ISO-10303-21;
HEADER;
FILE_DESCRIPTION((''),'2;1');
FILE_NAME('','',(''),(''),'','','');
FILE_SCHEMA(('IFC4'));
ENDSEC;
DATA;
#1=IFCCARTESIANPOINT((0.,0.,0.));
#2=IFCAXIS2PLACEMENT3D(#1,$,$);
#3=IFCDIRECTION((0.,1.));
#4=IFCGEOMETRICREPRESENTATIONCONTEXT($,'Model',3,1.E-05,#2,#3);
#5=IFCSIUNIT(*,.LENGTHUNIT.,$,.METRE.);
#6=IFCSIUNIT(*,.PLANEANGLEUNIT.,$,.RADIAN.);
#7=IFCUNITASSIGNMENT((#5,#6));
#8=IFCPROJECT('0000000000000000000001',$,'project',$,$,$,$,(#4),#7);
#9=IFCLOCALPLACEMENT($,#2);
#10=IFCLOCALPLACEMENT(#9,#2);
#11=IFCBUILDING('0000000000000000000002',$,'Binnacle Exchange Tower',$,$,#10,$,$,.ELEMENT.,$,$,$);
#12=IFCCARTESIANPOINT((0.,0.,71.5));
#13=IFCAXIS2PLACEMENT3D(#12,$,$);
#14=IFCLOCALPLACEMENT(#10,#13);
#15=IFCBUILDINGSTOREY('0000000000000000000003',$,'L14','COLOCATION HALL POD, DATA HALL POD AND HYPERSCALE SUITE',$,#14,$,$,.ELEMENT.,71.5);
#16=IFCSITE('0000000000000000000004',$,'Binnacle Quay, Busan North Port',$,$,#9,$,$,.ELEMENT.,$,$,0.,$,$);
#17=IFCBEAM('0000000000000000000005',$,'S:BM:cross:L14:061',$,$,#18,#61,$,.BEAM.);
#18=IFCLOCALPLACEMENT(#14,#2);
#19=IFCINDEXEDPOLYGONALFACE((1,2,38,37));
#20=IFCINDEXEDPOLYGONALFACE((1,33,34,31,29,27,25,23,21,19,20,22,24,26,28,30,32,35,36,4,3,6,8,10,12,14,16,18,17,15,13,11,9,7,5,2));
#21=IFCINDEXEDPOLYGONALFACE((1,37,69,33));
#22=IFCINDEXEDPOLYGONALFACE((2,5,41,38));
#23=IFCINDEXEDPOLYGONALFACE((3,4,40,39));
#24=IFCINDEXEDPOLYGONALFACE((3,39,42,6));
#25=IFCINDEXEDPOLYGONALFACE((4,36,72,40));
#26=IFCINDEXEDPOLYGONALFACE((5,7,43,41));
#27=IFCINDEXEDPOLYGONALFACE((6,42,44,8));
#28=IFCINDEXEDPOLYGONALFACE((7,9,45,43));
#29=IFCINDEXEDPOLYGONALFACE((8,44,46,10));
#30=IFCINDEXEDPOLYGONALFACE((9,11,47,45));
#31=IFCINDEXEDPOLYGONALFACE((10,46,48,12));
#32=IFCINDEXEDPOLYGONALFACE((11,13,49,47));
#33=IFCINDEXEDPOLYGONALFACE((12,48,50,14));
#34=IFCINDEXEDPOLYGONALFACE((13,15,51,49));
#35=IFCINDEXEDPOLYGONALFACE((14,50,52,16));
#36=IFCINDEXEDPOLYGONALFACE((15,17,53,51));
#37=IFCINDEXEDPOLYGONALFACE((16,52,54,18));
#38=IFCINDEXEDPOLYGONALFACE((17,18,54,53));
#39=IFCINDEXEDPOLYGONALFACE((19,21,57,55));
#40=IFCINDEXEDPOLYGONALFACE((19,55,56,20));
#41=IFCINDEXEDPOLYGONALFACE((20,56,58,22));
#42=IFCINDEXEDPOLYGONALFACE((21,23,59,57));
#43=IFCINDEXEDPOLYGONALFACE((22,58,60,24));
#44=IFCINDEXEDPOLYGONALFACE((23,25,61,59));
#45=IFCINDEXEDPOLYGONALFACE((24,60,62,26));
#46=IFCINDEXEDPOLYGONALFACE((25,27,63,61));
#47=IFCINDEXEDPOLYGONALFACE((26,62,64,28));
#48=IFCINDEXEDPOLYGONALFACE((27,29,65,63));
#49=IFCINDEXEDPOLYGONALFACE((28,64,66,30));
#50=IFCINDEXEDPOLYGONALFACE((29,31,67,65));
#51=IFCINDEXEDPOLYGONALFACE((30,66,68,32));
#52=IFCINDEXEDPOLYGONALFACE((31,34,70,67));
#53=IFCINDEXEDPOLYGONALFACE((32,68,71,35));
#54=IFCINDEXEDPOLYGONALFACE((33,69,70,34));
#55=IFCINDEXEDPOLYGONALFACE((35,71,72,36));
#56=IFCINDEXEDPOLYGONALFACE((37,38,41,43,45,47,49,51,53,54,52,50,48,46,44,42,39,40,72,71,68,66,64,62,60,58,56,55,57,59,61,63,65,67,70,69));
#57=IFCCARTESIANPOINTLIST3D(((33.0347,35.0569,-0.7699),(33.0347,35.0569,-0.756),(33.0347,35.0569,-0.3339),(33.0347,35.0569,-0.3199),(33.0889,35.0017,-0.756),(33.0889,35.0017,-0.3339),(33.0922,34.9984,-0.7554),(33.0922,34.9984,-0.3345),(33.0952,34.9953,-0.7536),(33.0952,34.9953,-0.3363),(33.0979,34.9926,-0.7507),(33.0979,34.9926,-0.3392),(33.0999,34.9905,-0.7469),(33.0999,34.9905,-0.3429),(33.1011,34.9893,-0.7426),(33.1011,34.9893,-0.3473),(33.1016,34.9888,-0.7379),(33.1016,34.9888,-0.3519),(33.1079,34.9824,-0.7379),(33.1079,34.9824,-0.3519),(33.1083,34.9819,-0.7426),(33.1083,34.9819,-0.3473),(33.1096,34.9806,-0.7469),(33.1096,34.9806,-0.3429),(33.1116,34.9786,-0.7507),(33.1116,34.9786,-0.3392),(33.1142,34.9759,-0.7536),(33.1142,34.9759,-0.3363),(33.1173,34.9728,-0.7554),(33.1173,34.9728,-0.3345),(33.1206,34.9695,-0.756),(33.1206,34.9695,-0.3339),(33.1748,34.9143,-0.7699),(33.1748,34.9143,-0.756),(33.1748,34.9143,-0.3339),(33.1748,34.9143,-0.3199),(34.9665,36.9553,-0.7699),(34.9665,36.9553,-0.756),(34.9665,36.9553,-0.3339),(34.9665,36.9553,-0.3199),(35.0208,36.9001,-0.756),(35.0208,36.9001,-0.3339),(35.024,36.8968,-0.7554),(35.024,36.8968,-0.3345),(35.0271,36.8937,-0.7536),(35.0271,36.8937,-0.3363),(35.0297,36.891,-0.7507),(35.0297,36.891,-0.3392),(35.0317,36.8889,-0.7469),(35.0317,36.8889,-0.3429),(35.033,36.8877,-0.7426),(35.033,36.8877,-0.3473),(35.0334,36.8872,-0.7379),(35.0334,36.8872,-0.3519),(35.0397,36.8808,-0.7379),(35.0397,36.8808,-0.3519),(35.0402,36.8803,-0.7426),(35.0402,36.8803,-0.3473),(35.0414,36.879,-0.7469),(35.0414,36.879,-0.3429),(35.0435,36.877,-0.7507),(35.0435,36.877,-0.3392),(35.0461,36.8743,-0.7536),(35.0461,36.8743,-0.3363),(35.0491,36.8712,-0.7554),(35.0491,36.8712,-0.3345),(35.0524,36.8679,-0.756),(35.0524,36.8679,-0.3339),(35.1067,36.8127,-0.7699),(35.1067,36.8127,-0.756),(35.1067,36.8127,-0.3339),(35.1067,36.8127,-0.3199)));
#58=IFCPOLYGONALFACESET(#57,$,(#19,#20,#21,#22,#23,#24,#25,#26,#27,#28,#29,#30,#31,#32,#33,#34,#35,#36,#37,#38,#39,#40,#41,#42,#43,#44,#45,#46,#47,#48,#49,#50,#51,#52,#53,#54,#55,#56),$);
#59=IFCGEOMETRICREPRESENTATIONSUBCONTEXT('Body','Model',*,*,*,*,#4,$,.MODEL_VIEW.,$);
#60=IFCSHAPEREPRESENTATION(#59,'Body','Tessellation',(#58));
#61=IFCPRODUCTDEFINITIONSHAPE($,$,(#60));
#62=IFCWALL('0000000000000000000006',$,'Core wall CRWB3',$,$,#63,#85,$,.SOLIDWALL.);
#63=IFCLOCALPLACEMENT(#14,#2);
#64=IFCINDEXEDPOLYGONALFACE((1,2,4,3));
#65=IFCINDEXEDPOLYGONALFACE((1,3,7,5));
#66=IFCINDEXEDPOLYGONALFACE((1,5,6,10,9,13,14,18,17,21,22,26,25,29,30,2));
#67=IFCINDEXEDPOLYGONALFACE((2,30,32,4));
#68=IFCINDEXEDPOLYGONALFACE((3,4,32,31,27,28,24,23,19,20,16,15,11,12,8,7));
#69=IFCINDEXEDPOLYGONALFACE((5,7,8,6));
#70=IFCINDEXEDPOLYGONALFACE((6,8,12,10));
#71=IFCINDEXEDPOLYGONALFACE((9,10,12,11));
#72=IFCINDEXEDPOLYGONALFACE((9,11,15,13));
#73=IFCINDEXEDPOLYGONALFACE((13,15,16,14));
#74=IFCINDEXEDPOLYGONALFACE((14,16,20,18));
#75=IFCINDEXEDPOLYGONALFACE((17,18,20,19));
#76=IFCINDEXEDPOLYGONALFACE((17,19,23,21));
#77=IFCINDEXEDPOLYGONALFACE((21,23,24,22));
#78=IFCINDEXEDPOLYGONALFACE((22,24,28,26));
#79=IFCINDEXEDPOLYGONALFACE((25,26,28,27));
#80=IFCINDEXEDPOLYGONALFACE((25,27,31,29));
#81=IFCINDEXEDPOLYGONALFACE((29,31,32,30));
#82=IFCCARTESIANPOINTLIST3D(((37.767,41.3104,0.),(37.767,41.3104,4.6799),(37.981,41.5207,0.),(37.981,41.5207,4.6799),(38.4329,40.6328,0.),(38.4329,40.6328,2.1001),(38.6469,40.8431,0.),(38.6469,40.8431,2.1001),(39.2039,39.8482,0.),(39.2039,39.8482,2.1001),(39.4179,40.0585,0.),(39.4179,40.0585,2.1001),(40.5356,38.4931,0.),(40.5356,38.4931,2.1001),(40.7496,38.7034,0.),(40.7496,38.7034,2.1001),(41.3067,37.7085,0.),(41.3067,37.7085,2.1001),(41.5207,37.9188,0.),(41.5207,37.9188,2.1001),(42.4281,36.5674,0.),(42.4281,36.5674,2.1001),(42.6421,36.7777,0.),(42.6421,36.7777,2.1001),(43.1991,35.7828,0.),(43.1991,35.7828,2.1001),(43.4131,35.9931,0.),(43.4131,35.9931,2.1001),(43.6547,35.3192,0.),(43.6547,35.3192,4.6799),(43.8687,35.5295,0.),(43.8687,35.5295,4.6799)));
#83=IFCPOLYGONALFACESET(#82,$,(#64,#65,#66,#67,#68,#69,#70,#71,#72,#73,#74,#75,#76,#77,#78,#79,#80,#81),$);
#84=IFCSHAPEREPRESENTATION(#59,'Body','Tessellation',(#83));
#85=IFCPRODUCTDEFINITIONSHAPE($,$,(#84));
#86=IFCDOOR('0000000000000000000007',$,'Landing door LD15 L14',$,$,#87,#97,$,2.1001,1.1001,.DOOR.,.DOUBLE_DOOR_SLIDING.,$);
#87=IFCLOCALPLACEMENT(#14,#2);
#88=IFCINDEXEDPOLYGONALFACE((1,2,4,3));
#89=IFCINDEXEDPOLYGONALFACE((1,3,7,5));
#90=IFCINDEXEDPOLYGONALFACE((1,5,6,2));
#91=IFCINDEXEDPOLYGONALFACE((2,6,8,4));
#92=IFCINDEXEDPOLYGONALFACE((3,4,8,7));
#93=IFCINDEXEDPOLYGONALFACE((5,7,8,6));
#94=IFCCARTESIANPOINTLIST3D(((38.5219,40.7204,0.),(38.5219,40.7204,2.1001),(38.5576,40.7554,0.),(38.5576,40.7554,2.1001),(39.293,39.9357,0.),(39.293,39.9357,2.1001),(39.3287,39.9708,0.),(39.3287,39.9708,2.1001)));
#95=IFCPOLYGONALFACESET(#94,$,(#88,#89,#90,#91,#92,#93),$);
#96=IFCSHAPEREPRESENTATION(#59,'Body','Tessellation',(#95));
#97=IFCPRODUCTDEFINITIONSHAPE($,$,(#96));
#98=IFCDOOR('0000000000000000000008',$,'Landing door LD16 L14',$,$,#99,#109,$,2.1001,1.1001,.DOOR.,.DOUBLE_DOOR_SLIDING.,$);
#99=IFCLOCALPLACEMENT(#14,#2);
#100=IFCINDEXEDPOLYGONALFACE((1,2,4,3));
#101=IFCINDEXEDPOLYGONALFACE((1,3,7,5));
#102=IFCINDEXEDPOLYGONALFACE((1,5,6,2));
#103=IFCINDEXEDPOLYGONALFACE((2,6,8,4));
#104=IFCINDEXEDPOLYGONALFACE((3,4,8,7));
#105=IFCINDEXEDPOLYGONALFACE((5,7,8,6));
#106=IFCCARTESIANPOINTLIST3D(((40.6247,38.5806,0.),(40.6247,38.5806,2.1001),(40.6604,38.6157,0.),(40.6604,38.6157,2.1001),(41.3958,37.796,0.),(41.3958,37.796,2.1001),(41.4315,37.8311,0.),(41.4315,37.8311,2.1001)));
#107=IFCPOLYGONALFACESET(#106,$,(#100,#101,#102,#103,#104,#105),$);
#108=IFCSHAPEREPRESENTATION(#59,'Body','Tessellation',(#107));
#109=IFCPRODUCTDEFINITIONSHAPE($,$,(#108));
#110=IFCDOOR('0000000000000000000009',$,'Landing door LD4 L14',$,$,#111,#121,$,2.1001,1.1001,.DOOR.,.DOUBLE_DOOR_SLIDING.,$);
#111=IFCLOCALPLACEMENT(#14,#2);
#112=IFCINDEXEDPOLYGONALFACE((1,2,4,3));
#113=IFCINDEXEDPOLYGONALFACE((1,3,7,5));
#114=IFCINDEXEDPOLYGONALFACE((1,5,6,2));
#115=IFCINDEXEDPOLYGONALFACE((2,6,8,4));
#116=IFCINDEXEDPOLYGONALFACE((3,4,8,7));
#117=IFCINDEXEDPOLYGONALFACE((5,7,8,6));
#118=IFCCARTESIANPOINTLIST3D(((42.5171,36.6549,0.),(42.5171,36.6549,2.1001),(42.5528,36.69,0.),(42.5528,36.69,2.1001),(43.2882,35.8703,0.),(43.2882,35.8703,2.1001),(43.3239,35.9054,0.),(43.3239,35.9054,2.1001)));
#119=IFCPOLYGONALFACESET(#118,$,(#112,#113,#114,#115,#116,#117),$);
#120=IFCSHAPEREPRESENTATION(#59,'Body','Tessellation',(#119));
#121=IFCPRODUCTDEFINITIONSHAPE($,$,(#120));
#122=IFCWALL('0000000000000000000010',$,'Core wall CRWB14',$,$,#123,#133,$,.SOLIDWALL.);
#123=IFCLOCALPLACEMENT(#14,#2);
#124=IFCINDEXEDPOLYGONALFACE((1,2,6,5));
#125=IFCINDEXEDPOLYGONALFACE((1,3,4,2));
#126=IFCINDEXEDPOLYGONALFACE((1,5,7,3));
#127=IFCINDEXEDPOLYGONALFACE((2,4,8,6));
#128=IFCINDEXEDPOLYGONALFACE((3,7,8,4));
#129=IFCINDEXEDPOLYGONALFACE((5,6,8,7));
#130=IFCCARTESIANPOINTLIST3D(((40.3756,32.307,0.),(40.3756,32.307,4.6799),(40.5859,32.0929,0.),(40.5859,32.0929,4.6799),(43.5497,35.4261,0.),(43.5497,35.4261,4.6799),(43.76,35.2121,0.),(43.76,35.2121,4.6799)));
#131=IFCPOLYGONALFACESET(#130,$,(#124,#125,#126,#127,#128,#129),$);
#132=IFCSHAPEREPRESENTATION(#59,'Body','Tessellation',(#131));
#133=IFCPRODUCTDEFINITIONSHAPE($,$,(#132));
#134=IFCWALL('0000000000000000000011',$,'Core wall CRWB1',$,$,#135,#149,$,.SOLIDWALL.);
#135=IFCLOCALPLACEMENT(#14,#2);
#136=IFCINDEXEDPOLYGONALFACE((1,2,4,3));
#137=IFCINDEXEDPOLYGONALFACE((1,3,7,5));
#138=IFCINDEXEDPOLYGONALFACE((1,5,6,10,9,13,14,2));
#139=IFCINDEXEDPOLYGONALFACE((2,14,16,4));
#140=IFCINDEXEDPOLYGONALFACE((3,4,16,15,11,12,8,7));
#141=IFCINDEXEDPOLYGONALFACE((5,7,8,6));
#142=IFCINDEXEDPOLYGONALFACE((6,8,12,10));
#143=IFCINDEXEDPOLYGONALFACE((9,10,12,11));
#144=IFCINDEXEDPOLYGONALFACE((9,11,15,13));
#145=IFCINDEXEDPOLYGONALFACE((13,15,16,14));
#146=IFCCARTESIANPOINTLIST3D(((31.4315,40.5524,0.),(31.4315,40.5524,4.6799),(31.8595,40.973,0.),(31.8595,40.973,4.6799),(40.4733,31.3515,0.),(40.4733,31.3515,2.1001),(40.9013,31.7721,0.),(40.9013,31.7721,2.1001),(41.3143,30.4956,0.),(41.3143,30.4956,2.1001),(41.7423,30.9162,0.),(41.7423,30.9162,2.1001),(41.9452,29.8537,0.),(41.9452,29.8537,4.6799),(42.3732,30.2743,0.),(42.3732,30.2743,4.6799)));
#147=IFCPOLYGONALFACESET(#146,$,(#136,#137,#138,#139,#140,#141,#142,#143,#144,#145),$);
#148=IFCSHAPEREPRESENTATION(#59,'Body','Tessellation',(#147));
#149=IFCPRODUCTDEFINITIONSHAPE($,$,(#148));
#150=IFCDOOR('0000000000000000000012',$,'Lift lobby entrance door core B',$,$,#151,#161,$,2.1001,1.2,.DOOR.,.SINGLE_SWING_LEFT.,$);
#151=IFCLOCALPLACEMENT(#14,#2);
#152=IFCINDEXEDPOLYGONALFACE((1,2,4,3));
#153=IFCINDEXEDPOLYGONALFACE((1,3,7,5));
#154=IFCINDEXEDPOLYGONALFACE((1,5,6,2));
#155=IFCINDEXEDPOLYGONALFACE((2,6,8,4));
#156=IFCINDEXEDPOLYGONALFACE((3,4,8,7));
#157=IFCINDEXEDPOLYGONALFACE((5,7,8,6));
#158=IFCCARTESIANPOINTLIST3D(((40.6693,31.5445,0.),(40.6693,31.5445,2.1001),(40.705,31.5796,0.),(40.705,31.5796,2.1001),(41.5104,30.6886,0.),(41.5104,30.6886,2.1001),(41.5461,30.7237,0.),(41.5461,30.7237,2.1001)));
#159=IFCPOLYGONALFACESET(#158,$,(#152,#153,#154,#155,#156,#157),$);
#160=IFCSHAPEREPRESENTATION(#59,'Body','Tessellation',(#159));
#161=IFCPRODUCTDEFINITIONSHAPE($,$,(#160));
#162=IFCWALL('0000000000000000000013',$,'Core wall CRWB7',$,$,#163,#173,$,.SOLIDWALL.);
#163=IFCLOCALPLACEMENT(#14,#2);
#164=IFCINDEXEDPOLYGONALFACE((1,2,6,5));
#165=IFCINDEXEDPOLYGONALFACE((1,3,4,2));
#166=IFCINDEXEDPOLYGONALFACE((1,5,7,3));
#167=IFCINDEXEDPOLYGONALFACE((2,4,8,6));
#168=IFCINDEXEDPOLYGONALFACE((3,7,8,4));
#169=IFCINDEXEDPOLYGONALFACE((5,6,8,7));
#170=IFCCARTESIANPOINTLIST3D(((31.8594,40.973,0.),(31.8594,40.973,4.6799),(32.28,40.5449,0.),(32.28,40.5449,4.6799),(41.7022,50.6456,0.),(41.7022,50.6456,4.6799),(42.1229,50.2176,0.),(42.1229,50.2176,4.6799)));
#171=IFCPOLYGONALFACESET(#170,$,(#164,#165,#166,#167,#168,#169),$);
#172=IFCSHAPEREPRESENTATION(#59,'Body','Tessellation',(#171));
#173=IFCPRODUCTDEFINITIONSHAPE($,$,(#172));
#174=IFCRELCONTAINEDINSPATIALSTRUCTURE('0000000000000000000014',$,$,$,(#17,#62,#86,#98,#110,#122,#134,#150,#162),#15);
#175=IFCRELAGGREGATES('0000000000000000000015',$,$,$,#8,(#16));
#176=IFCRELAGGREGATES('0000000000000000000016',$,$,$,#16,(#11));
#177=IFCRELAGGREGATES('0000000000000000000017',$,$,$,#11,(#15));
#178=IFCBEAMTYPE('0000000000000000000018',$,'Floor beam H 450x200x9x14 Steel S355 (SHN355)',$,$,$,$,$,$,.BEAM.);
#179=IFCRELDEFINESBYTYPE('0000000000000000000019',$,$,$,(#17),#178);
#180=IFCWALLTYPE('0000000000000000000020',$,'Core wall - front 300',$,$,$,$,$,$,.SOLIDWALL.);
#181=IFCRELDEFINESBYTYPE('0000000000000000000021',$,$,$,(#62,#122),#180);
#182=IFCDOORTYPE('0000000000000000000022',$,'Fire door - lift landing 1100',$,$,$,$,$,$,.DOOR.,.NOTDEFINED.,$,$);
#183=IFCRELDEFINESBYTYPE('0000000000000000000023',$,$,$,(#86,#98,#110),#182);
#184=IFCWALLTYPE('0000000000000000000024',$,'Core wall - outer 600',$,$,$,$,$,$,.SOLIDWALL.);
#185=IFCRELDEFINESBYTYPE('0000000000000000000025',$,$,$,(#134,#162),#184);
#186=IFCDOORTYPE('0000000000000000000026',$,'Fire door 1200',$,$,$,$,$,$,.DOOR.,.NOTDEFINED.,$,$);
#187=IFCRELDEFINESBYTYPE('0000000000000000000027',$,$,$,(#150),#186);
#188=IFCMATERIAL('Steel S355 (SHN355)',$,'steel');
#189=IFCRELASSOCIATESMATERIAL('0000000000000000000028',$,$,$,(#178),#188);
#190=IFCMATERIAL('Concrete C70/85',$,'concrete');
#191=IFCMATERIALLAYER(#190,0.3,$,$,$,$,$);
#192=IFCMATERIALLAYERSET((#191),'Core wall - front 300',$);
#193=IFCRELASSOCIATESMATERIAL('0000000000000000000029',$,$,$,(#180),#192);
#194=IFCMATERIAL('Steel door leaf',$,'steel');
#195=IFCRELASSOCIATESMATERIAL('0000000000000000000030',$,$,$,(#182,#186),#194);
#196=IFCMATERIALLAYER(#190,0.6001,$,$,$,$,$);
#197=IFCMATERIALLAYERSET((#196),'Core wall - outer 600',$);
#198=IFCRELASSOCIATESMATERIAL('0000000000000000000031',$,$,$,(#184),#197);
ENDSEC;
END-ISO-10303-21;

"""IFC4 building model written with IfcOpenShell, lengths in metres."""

from ifc_helpers import new_model, si_unit, direction, frame, frame_2d, origin, origin_2d, place, context, subcontext, project, spatial, rectangle, i_section, extrude, material, layer, layer_set, material_profile, profile_set, type_object, element, fill, save


model = new_model("IFC4")

# Units and contexts
model_context = context("Model", 3, precision=1e-05, world=origin(), true_north=direction((0.0, 1.0)))
body_context = subcontext(model_context, "Body", "Model", "MODEL_VIEW")
ifc_project = project(units=[si_unit("LENGTHUNIT", "METRE"), si_unit("PLANEANGLEUNIT", "RADIAN")], contexts=[model_context])

# Site, building, storey
site_placement = place(None, origin())
site = spatial("IfcSite", under=ifc_project, at=site_placement, Name="Binnacle Quay, Busan North Port", CompositionType="ELEMENT", RefElevation=0.0)
building_placement = place(site_placement, origin())
building = spatial("IfcBuilding", under=site, at=building_placement, Name="Binnacle Exchange Tower", CompositionType="ELEMENT")
storey_placement = place(building_placement, frame((0.0, 0.0, 71.5)))
storey = spatial("IfcBuildingStorey", under=building, at=storey_placement, Name="L14", Description="COLOCATION HALL POD, DATA HALL POD AND HYPERSCALE SUITE", CompositionType="ELEMENT", Elevation=71.5)

# Shared definitions
ifc_material_1 = material(Name="Concrete C70/85", Category="concrete")

# Beam
ifc_material_2 = material(Name="Steel S355 (SHN355)", Category="steel")
ifc_material_profile_1 = material_profile(ifc_material_2, i_section(OverallWidth=0.2, OverallDepth=0.45, WebThickness=0.009, FlangeThickness=0.0139, FilletRadius=0.0181, at=origin_2d()), Name="H 450x200x9x14")
ifc_profile_set_1 = profile_set([ifc_material_profile_1], Name="Steel S355 (SHN355)")
beam_type_1 = type_object("IfcBeamType", Name="Floor beam H 450x200x9x14 Steel S355 (SHN355)", PredefinedType="BEAM", material=ifc_profile_set_1)
beam_1_placement = place(storey_placement, frame((33.1047, 34.9856, -0.5449), z_axis=(0.713254, 0.700905, 0.0), x_axis=(-0.700905, 0.713254, 0.0)))
element("IfcBeam", 1, at=beam_1_placement, inside=storey, type_object=beam_type_1, Name="S:BM:cross:L14:061", PredefinedType="BEAM", context=body_context, shape_type="SweptSolid", body=[
    extrude(i_section(OverallWidth=0.2, OverallDepth=0.45, WebThickness=0.009, FlangeThickness=0.0139, FilletRadius=0.0181, at=origin_2d()), origin(), (0.0, 0.0, 1.0), 2.7085),
])

# Wall, openings, doors
ifc_layer_1 = layer(ifc_material_1, 0.3)
ifc_layer_set_1 = layer_set([ifc_layer_1], Name="Core wall - front 300")
wall_type_1 = type_object("IfcWallType", Name="Core wall - front 300", PredefinedType="SOLIDWALL", material=ifc_layer_set_1)
wall_1_placement = place(storey_placement, frame((37.874, 41.4155, 0.0), z_axis=(0.0, 0.0, 1.0), x_axis=(0.700918, -0.713242, 0.0)))
wall_1 = element("IfcWall", 2, at=wall_1_placement, inside=storey, type_object=wall_type_1, Name="Core wall CRWB3", PredefinedType="SOLIDWALL", context=body_context, shape_type="SweptSolid", body=[
    extrude(rectangle(XDim=8.3999, YDim=0.3, at=frame_2d((4.2, 0.0))), origin(), (0.0, 0.0, 1.0), 4.6799),
])
opening_1_placement = place(wall_1_placement, frame((0.95, 0.0, 0.0)))
opening_1 = element("IfcOpeningElement", 3, at=opening_1_placement, cuts=wall_1, PredefinedType="OPENING", context=body_context, shape_type="SweptSolid", body=[
    extrude(rectangle(XDim=1.1001, YDim=2.1001, at=frame_2d((0.55, 1.05))), frame((0.0, 0.1599, 0.0), z_axis=(0.0, -1.0, 0.0), x_axis=(1.0, 0.0, 0.0)), (0.0, 0.0, 1.0), 0.3201),
])
opening_2_placement = place(wall_1_placement, frame((3.95, 0.0, 0.0)))
opening_2 = element("IfcOpeningElement", 4, at=opening_2_placement, cuts=wall_1, PredefinedType="OPENING", context=body_context, shape_type="SweptSolid", body=[
    extrude(rectangle(XDim=1.1001, YDim=2.1001, at=frame_2d((0.55, 1.05))), frame((0.0, 0.1599, 0.0), z_axis=(0.0, -1.0, 0.0), x_axis=(1.0, 0.0, 0.0)), (0.0, 0.0, 1.0), 0.3201),
])
opening_3_placement = place(wall_1_placement, frame((6.6499, 0.0, 0.0)))
opening_3 = element("IfcOpeningElement", 5, at=opening_3_placement, cuts=wall_1, PredefinedType="OPENING", context=body_context, shape_type="SweptSolid", body=[
    extrude(rectangle(XDim=1.1001, YDim=2.1001, at=frame_2d((0.55, 1.05))), frame((0.0, 0.1599, 0.0), z_axis=(0.0, -1.0, 0.0), x_axis=(1.0, 0.0, 0.0)), (0.0, 0.0, 1.0), 0.3201),
])
ifc_material_3 = material(Name="Steel door leaf", Category="steel")
door_type_1 = type_object("IfcDoorType", Name="Fire door - lift landing 1100", OperationType="NOTDEFINED", PredefinedType="DOOR", material=ifc_material_3)
door_1_placement = place(opening_1_placement, origin())
door_1 = element("IfcDoor", 6, at=door_1_placement, inside=storey, type_object=door_type_1, Name="Landing door LD15 L14", OperationType="DOUBLE_DOOR_SLIDING", OverallHeight=2.1001, OverallWidth=1.1001, PredefinedType="DOOR", context=body_context, shape_type="SweptSolid", body=[
    extrude(rectangle(XDim=1.1001, YDim=2.1001, at=frame_2d((0.55, 1.05))), frame((0.0, 0.0249, 0.0), z_axis=(0.0, -1.0, 0.0), x_axis=(1.0, 0.0, 0.0)), (0.0, 0.0, 1.0), 0.05),
])
fill(opening_1, door_1)
door_2_placement = place(opening_2_placement, origin())
door_2 = element("IfcDoor", 7, at=door_2_placement, inside=storey, type_object=door_type_1, Name="Landing door LD16 L14", OperationType="DOUBLE_DOOR_SLIDING", OverallHeight=2.1001, OverallWidth=1.1001, PredefinedType="DOOR", context=body_context, shape_type="SweptSolid", body=[
    extrude(rectangle(XDim=1.1001, YDim=2.1001, at=frame_2d((0.55, 1.05))), frame((0.0, 0.0249, 0.0), z_axis=(0.0, -1.0, 0.0), x_axis=(1.0, 0.0, 0.0)), (0.0, 0.0, 1.0), 0.05),
])
fill(opening_2, door_2)
door_3_placement = place(opening_3_placement, origin())
door_3 = element("IfcDoor", 8, at=door_3_placement, inside=storey, type_object=door_type_1, Name="Landing door LD4 L14", OperationType="DOUBLE_DOOR_SLIDING", OverallHeight=2.1001, OverallWidth=1.1001, PredefinedType="DOOR", context=body_context, shape_type="SweptSolid", body=[
    extrude(rectangle(XDim=1.1001, YDim=2.1001, at=frame_2d((0.55, 1.05))), frame((0.0, 0.0249, 0.0), z_axis=(0.0, -1.0, 0.0), x_axis=(1.0, 0.0, 0.0)), (0.0, 0.0, 1.0), 0.05),
])
fill(opening_3, door_3)

# Wall
wall_2_placement = place(storey_placement, frame((40.4807, 32.2, 0.0), z_axis=(0.0, 0.0, 1.0), x_axis=(0.713252, 0.700908, 0.0)))
element("IfcWall", 9, at=wall_2_placement, inside=storey, type_object=wall_type_1, Name="Core wall CRWB14", PredefinedType="SOLIDWALL", context=body_context, shape_type="SweptSolid", body=[
    extrude(rectangle(XDim=4.4502, YDim=0.3, at=frame_2d((2.2251, 0.0))), origin(), (0.0, 0.0, 1.0), 4.6799),
])

# Wall, opening, door
ifc_layer_2 = layer(ifc_material_1, 0.6001)
ifc_layer_set_2 = layer_set([ifc_layer_2], Name="Core wall - outer 600")
wall_type_2 = type_object("IfcWallType", Name="Core wall - outer 600", PredefinedType="SOLIDWALL", material=ifc_layer_set_2)
wall_3_placement = place(storey_placement, frame((31.6455, 40.7627, 0.0), z_axis=(0.0, 0.0, 1.0), x_axis=(0.700911, -0.713248, 0.0)))
wall_3 = element("IfcWall", 10, at=wall_3_placement, inside=storey, type_object=wall_type_2, Name="Core wall CRWB1", PredefinedType="SOLIDWALL", context=body_context, shape_type="SweptSolid", body=[
    extrude(rectangle(XDim=15.0, YDim=0.6001, at=frame_2d((7.5, 0.0))), origin(), (0.0, 0.0, 1.0), 4.6799),
])
opening_4_placement = place(wall_3_placement, frame((12.8999, 0.0, 0.0)))
opening_4 = element("IfcOpeningElement", 11, at=opening_4_placement, cuts=wall_3, PredefinedType="OPENING", context=body_context, shape_type="SweptSolid", body=[
    extrude(rectangle(XDim=1.2, YDim=2.1001, at=frame_2d((0.6001, 1.05))), frame((0.0, 0.3101, 0.0), z_axis=(0.0, -1.0, 0.0), x_axis=(1.0, 0.0, 0.0)), (0.0, 0.0, 1.0), 0.6201),
])
door_type_2 = type_object("IfcDoorType", Name="Fire door 1200", OperationType="NOTDEFINED", PredefinedType="DOOR", material=ifc_material_3)
door_4_placement = place(opening_4_placement, frame((1.2, 0.0, 0.0), z_axis=(0.0, 0.0, 1.0), x_axis=(-1.0, 0.0, 0.0)))
door_4 = element("IfcDoor", 12, at=door_4_placement, inside=storey, type_object=door_type_2, Name="Lift lobby entrance door core B", OperationType="SINGLE_SWING_LEFT", OverallHeight=2.1001, OverallWidth=1.2, PredefinedType="DOOR", context=body_context, shape_type="SweptSolid", body=[
    extrude(rectangle(XDim=1.2, YDim=2.1001, at=frame_2d((0.6001, 1.05))), frame((0.0, 0.0249, 0.0), z_axis=(0.0, -1.0, 0.0), x_axis=(1.0, 0.0, 0.0)), (0.0, 0.0, 1.0), 0.05),
])
fill(opening_4, door_4)

# Wall
for number, where, z_axis, x_axis, name in (
    (13, (32.0698, 40.759, 0.0), (0.0, 0.0, 1.0), (0.713245, 0.700914, 0.0), "Core wall CRWB7"),
):
    element("IfcWall", number, at=place(storey_placement, frame(where, z_axis=z_axis, x_axis=x_axis)), inside=storey, type_object=wall_type_2, Name=name, PredefinedType="SOLIDWALL", context=body_context, shape_type="SweptSolid", body=[
        extrude(rectangle(XDim=13.8, YDim=0.6001, at=frame_2d((6.8999, 0.0))), origin(), (0.0, 0.0, 1.0), 4.6799),
    ])

save(model, "model.ifc")
